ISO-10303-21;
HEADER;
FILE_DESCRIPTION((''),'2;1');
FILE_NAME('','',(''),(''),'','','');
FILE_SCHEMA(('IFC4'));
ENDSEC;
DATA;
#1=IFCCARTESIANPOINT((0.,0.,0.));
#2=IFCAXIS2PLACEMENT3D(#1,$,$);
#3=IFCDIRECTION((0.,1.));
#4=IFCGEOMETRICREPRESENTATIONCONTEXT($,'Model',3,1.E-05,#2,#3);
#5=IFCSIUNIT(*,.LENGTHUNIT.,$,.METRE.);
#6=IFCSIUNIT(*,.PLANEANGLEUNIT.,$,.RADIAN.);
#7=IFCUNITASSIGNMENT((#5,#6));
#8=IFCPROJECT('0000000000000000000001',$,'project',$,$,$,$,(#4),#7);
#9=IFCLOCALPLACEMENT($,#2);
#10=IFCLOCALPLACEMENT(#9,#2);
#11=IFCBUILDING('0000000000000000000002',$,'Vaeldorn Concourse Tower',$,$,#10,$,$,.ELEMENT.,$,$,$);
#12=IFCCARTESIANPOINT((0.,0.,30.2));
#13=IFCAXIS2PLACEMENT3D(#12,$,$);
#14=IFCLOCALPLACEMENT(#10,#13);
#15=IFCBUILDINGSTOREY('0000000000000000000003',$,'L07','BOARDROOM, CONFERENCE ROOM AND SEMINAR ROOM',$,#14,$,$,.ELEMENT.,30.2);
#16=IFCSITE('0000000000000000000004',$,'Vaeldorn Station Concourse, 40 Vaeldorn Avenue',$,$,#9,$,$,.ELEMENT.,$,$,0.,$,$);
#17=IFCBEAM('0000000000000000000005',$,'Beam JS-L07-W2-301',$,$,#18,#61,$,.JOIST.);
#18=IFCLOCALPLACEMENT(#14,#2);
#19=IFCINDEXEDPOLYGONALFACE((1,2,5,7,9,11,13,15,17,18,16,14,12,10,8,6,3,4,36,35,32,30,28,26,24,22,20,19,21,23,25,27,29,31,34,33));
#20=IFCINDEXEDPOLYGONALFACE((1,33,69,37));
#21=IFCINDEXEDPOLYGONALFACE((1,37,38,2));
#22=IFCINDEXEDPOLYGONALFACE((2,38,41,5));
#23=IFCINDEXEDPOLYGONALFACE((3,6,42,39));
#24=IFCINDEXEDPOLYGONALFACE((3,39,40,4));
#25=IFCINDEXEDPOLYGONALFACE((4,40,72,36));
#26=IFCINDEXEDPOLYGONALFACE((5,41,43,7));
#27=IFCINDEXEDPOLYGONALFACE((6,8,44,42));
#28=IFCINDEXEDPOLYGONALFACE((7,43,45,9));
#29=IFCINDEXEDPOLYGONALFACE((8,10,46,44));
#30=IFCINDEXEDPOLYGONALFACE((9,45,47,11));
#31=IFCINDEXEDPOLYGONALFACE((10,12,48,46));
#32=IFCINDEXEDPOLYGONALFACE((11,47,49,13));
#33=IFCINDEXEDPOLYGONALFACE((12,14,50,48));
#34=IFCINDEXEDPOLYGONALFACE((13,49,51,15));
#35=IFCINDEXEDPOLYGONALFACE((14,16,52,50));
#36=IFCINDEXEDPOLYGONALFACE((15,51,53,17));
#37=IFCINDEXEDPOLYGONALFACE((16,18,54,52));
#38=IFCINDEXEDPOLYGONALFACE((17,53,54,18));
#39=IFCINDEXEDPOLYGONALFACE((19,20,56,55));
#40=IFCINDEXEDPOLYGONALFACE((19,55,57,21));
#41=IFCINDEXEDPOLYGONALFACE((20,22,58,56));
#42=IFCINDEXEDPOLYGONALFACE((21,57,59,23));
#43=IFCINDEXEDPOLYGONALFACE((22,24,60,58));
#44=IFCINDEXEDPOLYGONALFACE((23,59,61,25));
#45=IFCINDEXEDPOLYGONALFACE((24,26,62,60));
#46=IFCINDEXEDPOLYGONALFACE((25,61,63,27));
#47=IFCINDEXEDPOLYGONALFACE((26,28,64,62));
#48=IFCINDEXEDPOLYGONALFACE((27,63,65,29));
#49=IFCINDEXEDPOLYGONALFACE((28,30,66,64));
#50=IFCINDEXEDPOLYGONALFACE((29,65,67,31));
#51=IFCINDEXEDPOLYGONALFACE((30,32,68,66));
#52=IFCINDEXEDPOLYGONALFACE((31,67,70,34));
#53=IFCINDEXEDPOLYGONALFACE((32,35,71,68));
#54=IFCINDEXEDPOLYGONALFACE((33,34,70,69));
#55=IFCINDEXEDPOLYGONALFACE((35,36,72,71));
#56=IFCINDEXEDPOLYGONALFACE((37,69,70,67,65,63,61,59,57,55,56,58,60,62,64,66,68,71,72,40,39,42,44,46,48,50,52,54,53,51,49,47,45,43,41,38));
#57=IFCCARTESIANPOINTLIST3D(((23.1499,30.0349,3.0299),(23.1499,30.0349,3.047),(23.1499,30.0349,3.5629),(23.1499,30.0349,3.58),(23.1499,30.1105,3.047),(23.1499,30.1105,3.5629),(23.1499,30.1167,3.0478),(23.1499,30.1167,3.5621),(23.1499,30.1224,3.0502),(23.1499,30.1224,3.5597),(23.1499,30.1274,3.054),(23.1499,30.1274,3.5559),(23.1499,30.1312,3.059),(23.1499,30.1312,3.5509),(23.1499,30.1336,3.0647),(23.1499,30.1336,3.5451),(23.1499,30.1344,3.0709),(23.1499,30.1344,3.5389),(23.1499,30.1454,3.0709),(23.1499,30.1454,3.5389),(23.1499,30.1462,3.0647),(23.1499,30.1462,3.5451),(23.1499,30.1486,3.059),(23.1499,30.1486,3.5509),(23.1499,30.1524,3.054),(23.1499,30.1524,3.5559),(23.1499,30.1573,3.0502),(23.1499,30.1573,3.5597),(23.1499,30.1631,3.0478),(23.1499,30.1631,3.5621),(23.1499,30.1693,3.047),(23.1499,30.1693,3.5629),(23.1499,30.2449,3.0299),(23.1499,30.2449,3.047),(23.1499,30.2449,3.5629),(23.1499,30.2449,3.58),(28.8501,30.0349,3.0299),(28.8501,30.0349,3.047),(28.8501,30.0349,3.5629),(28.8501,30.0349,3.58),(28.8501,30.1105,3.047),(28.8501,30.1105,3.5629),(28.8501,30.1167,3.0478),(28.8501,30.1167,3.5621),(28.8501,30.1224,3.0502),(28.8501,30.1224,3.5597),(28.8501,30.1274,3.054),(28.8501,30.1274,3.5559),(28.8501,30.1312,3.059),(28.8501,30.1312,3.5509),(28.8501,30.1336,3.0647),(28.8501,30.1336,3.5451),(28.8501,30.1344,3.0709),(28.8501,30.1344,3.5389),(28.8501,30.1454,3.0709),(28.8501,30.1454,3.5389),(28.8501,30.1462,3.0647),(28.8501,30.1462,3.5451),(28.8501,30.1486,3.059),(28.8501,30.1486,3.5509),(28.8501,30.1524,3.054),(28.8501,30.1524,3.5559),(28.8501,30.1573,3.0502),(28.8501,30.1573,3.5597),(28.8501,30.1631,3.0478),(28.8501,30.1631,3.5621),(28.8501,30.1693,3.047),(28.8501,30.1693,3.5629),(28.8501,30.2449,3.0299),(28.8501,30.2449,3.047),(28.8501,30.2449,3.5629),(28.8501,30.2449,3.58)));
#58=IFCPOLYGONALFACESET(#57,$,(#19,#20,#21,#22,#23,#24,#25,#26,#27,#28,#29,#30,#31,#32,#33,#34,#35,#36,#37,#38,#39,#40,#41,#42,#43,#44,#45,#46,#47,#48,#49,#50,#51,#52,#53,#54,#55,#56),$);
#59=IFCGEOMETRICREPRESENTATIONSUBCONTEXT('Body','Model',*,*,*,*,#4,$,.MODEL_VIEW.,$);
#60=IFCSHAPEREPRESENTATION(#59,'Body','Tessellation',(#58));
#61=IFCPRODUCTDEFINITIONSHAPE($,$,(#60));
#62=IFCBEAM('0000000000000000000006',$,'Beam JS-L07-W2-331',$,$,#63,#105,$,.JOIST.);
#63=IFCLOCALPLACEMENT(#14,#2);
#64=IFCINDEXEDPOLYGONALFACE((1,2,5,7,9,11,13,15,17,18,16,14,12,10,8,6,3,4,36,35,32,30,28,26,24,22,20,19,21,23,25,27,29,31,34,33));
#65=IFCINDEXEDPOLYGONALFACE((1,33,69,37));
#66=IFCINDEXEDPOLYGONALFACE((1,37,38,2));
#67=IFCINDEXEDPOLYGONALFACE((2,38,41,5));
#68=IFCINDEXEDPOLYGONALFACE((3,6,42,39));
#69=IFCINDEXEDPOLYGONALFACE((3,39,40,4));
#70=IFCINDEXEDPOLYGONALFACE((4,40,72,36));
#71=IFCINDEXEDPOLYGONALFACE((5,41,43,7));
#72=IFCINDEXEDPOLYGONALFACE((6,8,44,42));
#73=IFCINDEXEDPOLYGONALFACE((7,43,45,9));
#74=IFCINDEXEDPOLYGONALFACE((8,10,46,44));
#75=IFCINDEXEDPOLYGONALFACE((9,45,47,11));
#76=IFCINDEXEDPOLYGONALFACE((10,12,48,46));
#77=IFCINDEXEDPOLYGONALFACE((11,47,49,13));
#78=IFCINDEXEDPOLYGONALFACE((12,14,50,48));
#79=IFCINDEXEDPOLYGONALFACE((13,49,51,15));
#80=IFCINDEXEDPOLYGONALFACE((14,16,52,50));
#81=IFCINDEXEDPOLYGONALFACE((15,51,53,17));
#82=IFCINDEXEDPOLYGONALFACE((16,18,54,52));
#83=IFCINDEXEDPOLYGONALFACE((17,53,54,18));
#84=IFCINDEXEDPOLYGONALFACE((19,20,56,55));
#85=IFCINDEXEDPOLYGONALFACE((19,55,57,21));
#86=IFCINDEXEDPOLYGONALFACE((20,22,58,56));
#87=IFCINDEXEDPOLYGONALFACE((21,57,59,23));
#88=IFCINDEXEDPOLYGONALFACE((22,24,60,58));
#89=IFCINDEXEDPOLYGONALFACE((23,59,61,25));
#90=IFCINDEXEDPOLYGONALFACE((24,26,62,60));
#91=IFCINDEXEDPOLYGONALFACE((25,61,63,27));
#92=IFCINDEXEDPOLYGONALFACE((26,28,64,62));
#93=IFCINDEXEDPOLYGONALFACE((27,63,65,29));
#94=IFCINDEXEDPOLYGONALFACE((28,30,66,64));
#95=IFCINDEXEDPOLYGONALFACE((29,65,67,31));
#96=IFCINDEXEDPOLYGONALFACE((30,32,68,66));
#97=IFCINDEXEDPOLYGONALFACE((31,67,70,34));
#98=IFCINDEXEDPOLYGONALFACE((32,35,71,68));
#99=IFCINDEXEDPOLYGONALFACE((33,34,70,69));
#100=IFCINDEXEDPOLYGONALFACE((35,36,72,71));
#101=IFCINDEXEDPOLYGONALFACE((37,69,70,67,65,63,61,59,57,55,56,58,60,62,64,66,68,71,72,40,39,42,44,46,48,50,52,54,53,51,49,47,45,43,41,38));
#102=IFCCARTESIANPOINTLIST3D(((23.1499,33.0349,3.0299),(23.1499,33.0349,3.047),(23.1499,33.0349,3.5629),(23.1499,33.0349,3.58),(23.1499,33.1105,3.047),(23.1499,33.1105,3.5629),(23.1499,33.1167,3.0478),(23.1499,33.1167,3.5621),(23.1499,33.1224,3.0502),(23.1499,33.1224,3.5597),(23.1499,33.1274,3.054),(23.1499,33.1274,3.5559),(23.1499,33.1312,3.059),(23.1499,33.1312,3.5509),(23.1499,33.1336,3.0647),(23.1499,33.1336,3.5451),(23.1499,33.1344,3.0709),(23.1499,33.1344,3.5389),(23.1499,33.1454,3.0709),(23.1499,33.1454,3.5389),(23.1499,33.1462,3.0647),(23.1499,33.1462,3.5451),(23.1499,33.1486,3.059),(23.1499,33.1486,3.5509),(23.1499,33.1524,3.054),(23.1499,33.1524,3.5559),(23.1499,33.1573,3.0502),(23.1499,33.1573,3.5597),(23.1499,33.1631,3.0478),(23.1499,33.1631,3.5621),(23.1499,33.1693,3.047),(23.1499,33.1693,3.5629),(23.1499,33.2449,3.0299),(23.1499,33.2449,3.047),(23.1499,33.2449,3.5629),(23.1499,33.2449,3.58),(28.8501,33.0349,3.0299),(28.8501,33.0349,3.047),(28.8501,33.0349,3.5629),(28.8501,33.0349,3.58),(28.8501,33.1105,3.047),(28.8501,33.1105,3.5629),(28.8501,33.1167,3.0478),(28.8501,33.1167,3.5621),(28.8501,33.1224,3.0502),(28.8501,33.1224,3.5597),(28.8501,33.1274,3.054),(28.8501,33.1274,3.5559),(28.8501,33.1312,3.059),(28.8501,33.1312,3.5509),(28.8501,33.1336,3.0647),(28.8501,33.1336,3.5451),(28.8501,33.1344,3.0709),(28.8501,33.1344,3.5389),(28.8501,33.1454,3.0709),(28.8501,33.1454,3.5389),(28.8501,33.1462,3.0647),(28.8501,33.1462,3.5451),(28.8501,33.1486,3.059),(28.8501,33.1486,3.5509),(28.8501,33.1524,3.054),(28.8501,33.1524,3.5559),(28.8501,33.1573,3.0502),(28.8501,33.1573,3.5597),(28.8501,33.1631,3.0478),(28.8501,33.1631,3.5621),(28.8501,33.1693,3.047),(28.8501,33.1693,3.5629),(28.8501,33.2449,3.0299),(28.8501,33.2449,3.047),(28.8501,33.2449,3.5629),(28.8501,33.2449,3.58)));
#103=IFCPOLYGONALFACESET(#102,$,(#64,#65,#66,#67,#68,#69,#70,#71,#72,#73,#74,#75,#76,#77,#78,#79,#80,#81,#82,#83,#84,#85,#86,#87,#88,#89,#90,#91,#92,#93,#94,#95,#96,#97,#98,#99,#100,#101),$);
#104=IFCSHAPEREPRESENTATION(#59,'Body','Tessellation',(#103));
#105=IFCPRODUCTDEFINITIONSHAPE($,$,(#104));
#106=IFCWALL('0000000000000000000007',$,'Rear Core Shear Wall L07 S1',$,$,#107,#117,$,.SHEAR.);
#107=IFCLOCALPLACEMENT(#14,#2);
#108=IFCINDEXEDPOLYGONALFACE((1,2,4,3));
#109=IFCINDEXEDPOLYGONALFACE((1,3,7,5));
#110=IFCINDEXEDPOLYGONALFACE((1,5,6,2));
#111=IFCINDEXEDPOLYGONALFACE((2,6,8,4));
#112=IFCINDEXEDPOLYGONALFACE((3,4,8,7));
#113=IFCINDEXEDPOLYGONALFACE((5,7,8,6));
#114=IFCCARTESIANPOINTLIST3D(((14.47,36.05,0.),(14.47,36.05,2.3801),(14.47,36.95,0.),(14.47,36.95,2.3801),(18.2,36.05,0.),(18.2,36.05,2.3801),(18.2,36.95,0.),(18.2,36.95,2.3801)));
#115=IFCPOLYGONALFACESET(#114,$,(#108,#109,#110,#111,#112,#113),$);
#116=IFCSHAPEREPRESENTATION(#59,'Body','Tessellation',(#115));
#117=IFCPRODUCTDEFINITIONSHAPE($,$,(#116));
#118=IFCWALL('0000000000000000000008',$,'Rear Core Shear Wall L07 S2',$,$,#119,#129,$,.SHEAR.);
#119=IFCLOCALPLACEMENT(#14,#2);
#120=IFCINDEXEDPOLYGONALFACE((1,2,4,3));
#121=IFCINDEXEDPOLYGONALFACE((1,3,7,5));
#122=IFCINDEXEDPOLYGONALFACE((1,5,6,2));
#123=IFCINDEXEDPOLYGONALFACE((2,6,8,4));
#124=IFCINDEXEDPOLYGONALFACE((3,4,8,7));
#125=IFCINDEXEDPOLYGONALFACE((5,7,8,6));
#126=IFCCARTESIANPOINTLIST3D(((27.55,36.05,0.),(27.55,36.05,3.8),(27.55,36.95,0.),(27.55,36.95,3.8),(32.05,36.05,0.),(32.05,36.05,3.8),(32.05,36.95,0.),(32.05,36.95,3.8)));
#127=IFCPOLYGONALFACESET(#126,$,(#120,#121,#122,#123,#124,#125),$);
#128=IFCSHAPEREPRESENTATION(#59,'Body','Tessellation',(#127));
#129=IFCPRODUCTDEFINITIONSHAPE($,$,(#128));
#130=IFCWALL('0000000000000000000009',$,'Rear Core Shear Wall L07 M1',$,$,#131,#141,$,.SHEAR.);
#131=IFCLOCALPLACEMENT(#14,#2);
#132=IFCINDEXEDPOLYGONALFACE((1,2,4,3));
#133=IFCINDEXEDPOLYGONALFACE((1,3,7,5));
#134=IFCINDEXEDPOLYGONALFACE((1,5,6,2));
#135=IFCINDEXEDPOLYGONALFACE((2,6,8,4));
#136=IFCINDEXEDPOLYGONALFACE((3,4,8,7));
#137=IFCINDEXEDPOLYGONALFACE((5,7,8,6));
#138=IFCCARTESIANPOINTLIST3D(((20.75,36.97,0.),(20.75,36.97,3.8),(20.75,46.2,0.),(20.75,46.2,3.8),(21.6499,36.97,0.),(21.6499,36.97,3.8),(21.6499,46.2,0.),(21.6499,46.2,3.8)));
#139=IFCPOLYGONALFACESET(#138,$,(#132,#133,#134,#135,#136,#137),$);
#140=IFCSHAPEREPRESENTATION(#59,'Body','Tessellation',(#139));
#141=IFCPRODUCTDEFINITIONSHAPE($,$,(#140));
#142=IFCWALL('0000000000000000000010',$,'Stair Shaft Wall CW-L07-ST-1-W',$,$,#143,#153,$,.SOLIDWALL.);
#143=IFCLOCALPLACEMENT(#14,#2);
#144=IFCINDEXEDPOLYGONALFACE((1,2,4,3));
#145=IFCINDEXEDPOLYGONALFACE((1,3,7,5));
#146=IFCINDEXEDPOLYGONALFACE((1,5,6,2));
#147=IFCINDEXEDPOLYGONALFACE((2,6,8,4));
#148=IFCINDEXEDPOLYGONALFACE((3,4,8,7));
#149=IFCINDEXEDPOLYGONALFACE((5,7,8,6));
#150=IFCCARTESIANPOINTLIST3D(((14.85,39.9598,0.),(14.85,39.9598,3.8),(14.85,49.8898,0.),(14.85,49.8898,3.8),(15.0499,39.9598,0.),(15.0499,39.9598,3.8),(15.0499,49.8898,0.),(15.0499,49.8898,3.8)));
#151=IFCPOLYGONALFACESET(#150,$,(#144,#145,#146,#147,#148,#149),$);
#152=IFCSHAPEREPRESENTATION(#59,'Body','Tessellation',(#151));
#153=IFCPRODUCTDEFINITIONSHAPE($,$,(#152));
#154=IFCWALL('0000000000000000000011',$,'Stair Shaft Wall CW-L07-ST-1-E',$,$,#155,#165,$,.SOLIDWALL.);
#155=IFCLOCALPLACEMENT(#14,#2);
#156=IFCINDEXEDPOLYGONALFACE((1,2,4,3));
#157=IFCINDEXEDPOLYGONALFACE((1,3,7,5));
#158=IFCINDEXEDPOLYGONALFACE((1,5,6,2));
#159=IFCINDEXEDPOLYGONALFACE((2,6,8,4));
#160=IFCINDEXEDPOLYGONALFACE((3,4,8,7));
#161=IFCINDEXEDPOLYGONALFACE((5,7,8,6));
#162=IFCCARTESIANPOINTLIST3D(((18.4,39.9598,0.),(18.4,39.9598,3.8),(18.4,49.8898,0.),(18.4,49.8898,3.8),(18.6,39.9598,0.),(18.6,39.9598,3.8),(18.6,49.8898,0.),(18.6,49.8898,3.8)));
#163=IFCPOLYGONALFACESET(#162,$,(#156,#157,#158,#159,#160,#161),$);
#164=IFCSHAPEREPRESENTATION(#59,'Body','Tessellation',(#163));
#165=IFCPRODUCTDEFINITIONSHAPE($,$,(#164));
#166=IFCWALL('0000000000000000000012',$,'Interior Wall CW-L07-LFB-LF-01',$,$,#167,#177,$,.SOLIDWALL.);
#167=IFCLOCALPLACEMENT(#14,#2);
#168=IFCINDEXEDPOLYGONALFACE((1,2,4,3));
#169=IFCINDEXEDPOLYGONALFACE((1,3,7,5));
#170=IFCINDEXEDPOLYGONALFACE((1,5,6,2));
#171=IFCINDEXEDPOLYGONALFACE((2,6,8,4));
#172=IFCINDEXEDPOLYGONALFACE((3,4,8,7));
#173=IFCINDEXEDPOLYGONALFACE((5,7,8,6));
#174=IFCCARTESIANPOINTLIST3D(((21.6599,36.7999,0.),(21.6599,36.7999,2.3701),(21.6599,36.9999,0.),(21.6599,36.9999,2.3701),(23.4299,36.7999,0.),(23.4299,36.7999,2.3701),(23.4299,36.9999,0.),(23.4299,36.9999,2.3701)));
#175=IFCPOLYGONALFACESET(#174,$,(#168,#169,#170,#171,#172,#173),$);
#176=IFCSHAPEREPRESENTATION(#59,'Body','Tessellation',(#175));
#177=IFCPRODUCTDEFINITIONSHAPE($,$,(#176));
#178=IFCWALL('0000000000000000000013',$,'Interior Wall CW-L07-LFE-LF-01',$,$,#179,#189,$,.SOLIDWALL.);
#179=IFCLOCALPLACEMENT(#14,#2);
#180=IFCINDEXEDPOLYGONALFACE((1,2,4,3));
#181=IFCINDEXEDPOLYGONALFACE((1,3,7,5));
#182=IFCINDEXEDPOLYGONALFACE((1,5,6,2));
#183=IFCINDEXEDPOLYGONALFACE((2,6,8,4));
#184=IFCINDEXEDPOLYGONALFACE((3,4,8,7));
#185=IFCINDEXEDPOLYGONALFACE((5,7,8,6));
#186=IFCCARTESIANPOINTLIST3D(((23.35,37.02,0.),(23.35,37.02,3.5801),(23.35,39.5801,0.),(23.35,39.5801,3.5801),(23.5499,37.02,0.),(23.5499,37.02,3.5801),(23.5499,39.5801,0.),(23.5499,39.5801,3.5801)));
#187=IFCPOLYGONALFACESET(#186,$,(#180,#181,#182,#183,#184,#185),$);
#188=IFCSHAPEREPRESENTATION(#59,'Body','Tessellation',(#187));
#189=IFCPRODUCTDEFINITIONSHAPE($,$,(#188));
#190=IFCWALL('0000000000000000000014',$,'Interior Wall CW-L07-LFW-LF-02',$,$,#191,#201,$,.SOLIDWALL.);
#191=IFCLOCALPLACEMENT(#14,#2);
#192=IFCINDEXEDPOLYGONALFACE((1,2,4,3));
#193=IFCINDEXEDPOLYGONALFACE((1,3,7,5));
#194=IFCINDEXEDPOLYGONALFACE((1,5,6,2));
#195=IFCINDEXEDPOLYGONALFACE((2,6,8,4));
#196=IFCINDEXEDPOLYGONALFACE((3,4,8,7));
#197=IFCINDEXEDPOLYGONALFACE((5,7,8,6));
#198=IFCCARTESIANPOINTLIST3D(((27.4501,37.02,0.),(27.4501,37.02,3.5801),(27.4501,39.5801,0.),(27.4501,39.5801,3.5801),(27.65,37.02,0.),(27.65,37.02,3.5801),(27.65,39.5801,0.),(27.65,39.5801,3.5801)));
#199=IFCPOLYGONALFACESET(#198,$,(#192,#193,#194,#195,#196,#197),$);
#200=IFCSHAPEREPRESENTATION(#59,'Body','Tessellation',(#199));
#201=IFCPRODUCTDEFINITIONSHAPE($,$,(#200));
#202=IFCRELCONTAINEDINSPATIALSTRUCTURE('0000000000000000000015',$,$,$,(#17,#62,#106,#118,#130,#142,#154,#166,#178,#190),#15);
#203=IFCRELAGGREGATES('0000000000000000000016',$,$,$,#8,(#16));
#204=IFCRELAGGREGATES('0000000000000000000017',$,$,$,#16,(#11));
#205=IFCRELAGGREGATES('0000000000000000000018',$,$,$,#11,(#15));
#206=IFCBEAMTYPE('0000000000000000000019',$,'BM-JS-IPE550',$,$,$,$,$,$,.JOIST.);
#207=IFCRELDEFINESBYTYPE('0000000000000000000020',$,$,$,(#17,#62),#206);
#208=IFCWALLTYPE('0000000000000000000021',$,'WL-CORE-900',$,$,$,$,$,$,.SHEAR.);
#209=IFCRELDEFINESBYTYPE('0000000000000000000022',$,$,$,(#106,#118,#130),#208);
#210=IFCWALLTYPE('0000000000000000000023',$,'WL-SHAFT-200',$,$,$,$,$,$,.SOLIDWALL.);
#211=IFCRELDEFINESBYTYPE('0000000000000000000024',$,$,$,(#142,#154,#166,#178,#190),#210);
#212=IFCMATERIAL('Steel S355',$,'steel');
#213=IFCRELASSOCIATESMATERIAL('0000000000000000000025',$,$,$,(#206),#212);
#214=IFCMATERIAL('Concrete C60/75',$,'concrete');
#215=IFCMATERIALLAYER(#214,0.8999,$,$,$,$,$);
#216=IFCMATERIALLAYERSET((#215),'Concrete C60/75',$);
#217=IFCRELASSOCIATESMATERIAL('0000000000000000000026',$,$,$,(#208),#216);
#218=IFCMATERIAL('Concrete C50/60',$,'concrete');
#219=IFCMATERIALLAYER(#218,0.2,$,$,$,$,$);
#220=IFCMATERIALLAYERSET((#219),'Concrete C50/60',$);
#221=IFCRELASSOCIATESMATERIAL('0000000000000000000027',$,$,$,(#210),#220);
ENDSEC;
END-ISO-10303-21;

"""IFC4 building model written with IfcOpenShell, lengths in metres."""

from ifc_helpers import new_model, si_unit, direction, frame, frame_2d, origin, origin_2d, place, context, subcontext, project, spatial, rectangle, i_section, extrude, source, transform, mapped, material, layer, layer_set, material_profile, profile_set, type_object, element, save


model = new_model("IFC4")

# Units and contexts
model_context = context("Model", 3, precision=1e-05, world=origin(), true_north=direction((0.0, 1.0)))
body_context = subcontext(model_context, "Body", "Model", "MODEL_VIEW")
ifc_project = project(units=[si_unit("LENGTHUNIT", "METRE"), si_unit("PLANEANGLEUNIT", "RADIAN")], contexts=[model_context])

# Site, building, storey
site_placement = place(None, origin())
site = spatial("IfcSite", under=ifc_project, at=site_placement, Name="Vaeldorn Station Concourse, 40 Vaeldorn Avenue", CompositionType="ELEMENT", RefElevation=0.0)
building_placement = place(site_placement, origin())
building = spatial("IfcBuilding", under=site, at=building_placement, Name="Vaeldorn Concourse Tower", CompositionType="ELEMENT")
storey_placement = place(building_placement, frame((0.0, 0.0, 30.2)))
storey = spatial("IfcBuildingStorey", under=building, at=storey_placement, Name="L07", Description="BOARDROOM, CONFERENCE ROOM AND SEMINAR ROOM", CompositionType="ELEMENT", Elevation=30.2)

# Beams
ifc_material_1 = material(Name="Steel S355", Category="steel")
ifc_material_profile_1 = material_profile(ifc_material_1, i_section(OverallWidth=0.21, OverallDepth=0.55, WebThickness=0.011, FlangeThickness=0.0171, FilletRadius=0.0239, at=origin_2d()), Name="IPE 550")
ifc_profile_set_1 = profile_set([ifc_material_profile_1], Name="Steel S355")
beam_type_1 = type_object("IfcBeamType", Name="BM-JS-IPE550", PredefinedType="JOIST", material=ifc_profile_set_1)
shared_shape_1 = source(origin(), body_context, "Body", "SweptSolid", [
    extrude(i_section(OverallWidth=0.21, OverallDepth=0.55, WebThickness=0.011, FlangeThickness=0.0171, FilletRadius=0.0239, at=origin_2d()), origin(), (0.0, 0.0, 1.0), 5.7002),
])
for number, where, z_axis, x_axis, name in (
    (1, (23.1499, 30.1399, 3.3049), (1.0, 0.0, 0.0), (0.0, 1.0, 0.0), "Beam JS-L07-W2-301"),
    (2, (23.1499, 33.1399, 3.3049), (1.0, 0.0, 0.0), (0.0, 1.0, 0.0), "Beam JS-L07-W2-331"),
):
    element("IfcBeam", number, at=place(storey_placement, frame(where, z_axis=z_axis, x_axis=x_axis)), inside=storey, type_object=beam_type_1, Name=name, PredefinedType="JOIST", context=body_context, shape_type="MappedRepresentation", body=[
        mapped(shared_shape_1, transform((0.0, 0.0, 0.0), scale=1.0)),
    ])

# Walls
ifc_material_2 = material(Name="Concrete C60/75", Category="concrete")
ifc_layer_1 = layer(ifc_material_2, 0.8999)
ifc_layer_set_1 = layer_set([ifc_layer_1], Name="Concrete C60/75")
wall_type_1 = type_object("IfcWallType", Name="WL-CORE-900", PredefinedType="SHEAR", material=ifc_layer_set_1)
wall_1_placement = place(storey_placement, frame((14.47, 36.5, 0.0), z_axis=(0.0, 0.0, 1.0), x_axis=(1.0, 0.0, 0.0)))
element("IfcWall", 3, at=wall_1_placement, inside=storey, type_object=wall_type_1, Name="Rear Core Shear Wall L07 S1", PredefinedType="SHEAR", context=body_context, shape_type="SweptSolid", body=[
    extrude(rectangle(XDim=3.73, YDim=0.8999, at=frame_2d((1.865, 0.0))), origin(), (0.0, 0.0, 1.0), 2.3801),
])
wall_2_placement = place(storey_placement, frame((27.55, 36.5, 0.0), z_axis=(0.0, 0.0, 1.0), x_axis=(1.0, 0.0, 0.0)))
element("IfcWall", 4, at=wall_2_placement, inside=storey, type_object=wall_type_1, Name="Rear Core Shear Wall L07 S2", PredefinedType="SHEAR", context=body_context, shape_type="SweptSolid", body=[
    extrude(rectangle(XDim=4.5, YDim=0.8999, at=frame_2d((2.25, 0.0))), origin(), (0.0, 0.0, 1.0), 3.8),
])
wall_3_placement = place(storey_placement, frame((21.2, 36.97, 0.0), z_axis=(0.0, 0.0, 1.0), x_axis=(0.0, 1.0, 0.0)))
element("IfcWall", 5, at=wall_3_placement, inside=storey, type_object=wall_type_1, Name="Rear Core Shear Wall L07 M1", PredefinedType="SHEAR", context=body_context, shape_type="SweptSolid", body=[
    extrude(rectangle(XDim=9.23, YDim=0.8999, at=frame_2d((4.615, 0.0))), origin(), (0.0, 0.0, 1.0), 3.8),
])
ifc_material_3 = material(Name="Concrete C50/60", Category="concrete")
ifc_layer_2 = layer(ifc_material_3, 0.2)
ifc_layer_set_2 = layer_set([ifc_layer_2], Name="Concrete C50/60")
wall_type_2 = type_object("IfcWallType", Name="WL-SHAFT-200", PredefinedType="SOLIDWALL", material=ifc_layer_set_2)
for number, where, z_axis, x_axis, name in (
    (6, (14.95, 39.96, 0.0), (0.0, 0.0, 1.0), (0.0, 1.0, 0.0), "Stair Shaft Wall CW-L07-ST-1-W"),
    (7, (18.5, 39.96, 0.0), (0.0, 0.0, 1.0), (0.0, 1.0, 0.0), "Stair Shaft Wall CW-L07-ST-1-E"),
):
    element("IfcWall", number, at=place(storey_placement, frame(where, z_axis=z_axis, x_axis=x_axis)), inside=storey, type_object=wall_type_2, Name=name, PredefinedType="SOLIDWALL", context=body_context, shape_type="SweptSolid", body=[
        extrude(rectangle(XDim=9.9299, YDim=0.2, at=frame_2d((4.9648, 0.0))), origin(), (0.0, 0.0, 1.0), 3.8),
    ])

# Walls
wall_4_placement = place(storey_placement, frame((21.6599, 36.8999, 0.0), z_axis=(0.0, 0.0, 1.0), x_axis=(1.0, 0.0, 0.0)))
element("IfcWall", 8, at=wall_4_placement, inside=storey, type_object=wall_type_2, Name="Interior Wall CW-L07-LFB-LF-01", PredefinedType="SOLIDWALL", context=body_context, shape_type="SweptSolid", body=[
    extrude(rectangle(XDim=1.77, YDim=0.2, at=frame_2d((0.885, 0.0))), origin(), (0.0, 0.0, 1.0), 2.3701),
])
wall_5_placement = place(storey_placement, frame((23.45, 37.02, 0.0), z_axis=(0.0, 0.0, 1.0), x_axis=(0.0, 1.0, 0.0)))
element("IfcWall", 9, at=wall_5_placement, inside=storey, type_object=wall_type_2, Name="Interior Wall CW-L07-LFE-LF-01", PredefinedType="SOLIDWALL", context=body_context, shape_type="SweptSolid", body=[
    extrude(rectangle(XDim=2.5601, YDim=0.2, at=frame_2d((1.28, 0.0))), origin(), (0.0, 0.0, 1.0), 3.5801),
])

# Wall
wall_6_placement = place(storey_placement, frame((27.55, 37.02, 0.0), z_axis=(0.0, 0.0, 1.0), x_axis=(0.0, 1.0, 0.0)))
element("IfcWall", 10, at=wall_6_placement, inside=storey, type_object=wall_type_2, Name="Interior Wall CW-L07-LFW-LF-02", PredefinedType="SOLIDWALL", context=body_context, shape_type="SweptSolid", body=[
    extrude(rectangle(XDim=2.5601, YDim=0.2, at=frame_2d((1.28, 0.0))), origin(), (0.0, 0.0, 1.0), 3.5801),
])

save(model, "model.ifc")
